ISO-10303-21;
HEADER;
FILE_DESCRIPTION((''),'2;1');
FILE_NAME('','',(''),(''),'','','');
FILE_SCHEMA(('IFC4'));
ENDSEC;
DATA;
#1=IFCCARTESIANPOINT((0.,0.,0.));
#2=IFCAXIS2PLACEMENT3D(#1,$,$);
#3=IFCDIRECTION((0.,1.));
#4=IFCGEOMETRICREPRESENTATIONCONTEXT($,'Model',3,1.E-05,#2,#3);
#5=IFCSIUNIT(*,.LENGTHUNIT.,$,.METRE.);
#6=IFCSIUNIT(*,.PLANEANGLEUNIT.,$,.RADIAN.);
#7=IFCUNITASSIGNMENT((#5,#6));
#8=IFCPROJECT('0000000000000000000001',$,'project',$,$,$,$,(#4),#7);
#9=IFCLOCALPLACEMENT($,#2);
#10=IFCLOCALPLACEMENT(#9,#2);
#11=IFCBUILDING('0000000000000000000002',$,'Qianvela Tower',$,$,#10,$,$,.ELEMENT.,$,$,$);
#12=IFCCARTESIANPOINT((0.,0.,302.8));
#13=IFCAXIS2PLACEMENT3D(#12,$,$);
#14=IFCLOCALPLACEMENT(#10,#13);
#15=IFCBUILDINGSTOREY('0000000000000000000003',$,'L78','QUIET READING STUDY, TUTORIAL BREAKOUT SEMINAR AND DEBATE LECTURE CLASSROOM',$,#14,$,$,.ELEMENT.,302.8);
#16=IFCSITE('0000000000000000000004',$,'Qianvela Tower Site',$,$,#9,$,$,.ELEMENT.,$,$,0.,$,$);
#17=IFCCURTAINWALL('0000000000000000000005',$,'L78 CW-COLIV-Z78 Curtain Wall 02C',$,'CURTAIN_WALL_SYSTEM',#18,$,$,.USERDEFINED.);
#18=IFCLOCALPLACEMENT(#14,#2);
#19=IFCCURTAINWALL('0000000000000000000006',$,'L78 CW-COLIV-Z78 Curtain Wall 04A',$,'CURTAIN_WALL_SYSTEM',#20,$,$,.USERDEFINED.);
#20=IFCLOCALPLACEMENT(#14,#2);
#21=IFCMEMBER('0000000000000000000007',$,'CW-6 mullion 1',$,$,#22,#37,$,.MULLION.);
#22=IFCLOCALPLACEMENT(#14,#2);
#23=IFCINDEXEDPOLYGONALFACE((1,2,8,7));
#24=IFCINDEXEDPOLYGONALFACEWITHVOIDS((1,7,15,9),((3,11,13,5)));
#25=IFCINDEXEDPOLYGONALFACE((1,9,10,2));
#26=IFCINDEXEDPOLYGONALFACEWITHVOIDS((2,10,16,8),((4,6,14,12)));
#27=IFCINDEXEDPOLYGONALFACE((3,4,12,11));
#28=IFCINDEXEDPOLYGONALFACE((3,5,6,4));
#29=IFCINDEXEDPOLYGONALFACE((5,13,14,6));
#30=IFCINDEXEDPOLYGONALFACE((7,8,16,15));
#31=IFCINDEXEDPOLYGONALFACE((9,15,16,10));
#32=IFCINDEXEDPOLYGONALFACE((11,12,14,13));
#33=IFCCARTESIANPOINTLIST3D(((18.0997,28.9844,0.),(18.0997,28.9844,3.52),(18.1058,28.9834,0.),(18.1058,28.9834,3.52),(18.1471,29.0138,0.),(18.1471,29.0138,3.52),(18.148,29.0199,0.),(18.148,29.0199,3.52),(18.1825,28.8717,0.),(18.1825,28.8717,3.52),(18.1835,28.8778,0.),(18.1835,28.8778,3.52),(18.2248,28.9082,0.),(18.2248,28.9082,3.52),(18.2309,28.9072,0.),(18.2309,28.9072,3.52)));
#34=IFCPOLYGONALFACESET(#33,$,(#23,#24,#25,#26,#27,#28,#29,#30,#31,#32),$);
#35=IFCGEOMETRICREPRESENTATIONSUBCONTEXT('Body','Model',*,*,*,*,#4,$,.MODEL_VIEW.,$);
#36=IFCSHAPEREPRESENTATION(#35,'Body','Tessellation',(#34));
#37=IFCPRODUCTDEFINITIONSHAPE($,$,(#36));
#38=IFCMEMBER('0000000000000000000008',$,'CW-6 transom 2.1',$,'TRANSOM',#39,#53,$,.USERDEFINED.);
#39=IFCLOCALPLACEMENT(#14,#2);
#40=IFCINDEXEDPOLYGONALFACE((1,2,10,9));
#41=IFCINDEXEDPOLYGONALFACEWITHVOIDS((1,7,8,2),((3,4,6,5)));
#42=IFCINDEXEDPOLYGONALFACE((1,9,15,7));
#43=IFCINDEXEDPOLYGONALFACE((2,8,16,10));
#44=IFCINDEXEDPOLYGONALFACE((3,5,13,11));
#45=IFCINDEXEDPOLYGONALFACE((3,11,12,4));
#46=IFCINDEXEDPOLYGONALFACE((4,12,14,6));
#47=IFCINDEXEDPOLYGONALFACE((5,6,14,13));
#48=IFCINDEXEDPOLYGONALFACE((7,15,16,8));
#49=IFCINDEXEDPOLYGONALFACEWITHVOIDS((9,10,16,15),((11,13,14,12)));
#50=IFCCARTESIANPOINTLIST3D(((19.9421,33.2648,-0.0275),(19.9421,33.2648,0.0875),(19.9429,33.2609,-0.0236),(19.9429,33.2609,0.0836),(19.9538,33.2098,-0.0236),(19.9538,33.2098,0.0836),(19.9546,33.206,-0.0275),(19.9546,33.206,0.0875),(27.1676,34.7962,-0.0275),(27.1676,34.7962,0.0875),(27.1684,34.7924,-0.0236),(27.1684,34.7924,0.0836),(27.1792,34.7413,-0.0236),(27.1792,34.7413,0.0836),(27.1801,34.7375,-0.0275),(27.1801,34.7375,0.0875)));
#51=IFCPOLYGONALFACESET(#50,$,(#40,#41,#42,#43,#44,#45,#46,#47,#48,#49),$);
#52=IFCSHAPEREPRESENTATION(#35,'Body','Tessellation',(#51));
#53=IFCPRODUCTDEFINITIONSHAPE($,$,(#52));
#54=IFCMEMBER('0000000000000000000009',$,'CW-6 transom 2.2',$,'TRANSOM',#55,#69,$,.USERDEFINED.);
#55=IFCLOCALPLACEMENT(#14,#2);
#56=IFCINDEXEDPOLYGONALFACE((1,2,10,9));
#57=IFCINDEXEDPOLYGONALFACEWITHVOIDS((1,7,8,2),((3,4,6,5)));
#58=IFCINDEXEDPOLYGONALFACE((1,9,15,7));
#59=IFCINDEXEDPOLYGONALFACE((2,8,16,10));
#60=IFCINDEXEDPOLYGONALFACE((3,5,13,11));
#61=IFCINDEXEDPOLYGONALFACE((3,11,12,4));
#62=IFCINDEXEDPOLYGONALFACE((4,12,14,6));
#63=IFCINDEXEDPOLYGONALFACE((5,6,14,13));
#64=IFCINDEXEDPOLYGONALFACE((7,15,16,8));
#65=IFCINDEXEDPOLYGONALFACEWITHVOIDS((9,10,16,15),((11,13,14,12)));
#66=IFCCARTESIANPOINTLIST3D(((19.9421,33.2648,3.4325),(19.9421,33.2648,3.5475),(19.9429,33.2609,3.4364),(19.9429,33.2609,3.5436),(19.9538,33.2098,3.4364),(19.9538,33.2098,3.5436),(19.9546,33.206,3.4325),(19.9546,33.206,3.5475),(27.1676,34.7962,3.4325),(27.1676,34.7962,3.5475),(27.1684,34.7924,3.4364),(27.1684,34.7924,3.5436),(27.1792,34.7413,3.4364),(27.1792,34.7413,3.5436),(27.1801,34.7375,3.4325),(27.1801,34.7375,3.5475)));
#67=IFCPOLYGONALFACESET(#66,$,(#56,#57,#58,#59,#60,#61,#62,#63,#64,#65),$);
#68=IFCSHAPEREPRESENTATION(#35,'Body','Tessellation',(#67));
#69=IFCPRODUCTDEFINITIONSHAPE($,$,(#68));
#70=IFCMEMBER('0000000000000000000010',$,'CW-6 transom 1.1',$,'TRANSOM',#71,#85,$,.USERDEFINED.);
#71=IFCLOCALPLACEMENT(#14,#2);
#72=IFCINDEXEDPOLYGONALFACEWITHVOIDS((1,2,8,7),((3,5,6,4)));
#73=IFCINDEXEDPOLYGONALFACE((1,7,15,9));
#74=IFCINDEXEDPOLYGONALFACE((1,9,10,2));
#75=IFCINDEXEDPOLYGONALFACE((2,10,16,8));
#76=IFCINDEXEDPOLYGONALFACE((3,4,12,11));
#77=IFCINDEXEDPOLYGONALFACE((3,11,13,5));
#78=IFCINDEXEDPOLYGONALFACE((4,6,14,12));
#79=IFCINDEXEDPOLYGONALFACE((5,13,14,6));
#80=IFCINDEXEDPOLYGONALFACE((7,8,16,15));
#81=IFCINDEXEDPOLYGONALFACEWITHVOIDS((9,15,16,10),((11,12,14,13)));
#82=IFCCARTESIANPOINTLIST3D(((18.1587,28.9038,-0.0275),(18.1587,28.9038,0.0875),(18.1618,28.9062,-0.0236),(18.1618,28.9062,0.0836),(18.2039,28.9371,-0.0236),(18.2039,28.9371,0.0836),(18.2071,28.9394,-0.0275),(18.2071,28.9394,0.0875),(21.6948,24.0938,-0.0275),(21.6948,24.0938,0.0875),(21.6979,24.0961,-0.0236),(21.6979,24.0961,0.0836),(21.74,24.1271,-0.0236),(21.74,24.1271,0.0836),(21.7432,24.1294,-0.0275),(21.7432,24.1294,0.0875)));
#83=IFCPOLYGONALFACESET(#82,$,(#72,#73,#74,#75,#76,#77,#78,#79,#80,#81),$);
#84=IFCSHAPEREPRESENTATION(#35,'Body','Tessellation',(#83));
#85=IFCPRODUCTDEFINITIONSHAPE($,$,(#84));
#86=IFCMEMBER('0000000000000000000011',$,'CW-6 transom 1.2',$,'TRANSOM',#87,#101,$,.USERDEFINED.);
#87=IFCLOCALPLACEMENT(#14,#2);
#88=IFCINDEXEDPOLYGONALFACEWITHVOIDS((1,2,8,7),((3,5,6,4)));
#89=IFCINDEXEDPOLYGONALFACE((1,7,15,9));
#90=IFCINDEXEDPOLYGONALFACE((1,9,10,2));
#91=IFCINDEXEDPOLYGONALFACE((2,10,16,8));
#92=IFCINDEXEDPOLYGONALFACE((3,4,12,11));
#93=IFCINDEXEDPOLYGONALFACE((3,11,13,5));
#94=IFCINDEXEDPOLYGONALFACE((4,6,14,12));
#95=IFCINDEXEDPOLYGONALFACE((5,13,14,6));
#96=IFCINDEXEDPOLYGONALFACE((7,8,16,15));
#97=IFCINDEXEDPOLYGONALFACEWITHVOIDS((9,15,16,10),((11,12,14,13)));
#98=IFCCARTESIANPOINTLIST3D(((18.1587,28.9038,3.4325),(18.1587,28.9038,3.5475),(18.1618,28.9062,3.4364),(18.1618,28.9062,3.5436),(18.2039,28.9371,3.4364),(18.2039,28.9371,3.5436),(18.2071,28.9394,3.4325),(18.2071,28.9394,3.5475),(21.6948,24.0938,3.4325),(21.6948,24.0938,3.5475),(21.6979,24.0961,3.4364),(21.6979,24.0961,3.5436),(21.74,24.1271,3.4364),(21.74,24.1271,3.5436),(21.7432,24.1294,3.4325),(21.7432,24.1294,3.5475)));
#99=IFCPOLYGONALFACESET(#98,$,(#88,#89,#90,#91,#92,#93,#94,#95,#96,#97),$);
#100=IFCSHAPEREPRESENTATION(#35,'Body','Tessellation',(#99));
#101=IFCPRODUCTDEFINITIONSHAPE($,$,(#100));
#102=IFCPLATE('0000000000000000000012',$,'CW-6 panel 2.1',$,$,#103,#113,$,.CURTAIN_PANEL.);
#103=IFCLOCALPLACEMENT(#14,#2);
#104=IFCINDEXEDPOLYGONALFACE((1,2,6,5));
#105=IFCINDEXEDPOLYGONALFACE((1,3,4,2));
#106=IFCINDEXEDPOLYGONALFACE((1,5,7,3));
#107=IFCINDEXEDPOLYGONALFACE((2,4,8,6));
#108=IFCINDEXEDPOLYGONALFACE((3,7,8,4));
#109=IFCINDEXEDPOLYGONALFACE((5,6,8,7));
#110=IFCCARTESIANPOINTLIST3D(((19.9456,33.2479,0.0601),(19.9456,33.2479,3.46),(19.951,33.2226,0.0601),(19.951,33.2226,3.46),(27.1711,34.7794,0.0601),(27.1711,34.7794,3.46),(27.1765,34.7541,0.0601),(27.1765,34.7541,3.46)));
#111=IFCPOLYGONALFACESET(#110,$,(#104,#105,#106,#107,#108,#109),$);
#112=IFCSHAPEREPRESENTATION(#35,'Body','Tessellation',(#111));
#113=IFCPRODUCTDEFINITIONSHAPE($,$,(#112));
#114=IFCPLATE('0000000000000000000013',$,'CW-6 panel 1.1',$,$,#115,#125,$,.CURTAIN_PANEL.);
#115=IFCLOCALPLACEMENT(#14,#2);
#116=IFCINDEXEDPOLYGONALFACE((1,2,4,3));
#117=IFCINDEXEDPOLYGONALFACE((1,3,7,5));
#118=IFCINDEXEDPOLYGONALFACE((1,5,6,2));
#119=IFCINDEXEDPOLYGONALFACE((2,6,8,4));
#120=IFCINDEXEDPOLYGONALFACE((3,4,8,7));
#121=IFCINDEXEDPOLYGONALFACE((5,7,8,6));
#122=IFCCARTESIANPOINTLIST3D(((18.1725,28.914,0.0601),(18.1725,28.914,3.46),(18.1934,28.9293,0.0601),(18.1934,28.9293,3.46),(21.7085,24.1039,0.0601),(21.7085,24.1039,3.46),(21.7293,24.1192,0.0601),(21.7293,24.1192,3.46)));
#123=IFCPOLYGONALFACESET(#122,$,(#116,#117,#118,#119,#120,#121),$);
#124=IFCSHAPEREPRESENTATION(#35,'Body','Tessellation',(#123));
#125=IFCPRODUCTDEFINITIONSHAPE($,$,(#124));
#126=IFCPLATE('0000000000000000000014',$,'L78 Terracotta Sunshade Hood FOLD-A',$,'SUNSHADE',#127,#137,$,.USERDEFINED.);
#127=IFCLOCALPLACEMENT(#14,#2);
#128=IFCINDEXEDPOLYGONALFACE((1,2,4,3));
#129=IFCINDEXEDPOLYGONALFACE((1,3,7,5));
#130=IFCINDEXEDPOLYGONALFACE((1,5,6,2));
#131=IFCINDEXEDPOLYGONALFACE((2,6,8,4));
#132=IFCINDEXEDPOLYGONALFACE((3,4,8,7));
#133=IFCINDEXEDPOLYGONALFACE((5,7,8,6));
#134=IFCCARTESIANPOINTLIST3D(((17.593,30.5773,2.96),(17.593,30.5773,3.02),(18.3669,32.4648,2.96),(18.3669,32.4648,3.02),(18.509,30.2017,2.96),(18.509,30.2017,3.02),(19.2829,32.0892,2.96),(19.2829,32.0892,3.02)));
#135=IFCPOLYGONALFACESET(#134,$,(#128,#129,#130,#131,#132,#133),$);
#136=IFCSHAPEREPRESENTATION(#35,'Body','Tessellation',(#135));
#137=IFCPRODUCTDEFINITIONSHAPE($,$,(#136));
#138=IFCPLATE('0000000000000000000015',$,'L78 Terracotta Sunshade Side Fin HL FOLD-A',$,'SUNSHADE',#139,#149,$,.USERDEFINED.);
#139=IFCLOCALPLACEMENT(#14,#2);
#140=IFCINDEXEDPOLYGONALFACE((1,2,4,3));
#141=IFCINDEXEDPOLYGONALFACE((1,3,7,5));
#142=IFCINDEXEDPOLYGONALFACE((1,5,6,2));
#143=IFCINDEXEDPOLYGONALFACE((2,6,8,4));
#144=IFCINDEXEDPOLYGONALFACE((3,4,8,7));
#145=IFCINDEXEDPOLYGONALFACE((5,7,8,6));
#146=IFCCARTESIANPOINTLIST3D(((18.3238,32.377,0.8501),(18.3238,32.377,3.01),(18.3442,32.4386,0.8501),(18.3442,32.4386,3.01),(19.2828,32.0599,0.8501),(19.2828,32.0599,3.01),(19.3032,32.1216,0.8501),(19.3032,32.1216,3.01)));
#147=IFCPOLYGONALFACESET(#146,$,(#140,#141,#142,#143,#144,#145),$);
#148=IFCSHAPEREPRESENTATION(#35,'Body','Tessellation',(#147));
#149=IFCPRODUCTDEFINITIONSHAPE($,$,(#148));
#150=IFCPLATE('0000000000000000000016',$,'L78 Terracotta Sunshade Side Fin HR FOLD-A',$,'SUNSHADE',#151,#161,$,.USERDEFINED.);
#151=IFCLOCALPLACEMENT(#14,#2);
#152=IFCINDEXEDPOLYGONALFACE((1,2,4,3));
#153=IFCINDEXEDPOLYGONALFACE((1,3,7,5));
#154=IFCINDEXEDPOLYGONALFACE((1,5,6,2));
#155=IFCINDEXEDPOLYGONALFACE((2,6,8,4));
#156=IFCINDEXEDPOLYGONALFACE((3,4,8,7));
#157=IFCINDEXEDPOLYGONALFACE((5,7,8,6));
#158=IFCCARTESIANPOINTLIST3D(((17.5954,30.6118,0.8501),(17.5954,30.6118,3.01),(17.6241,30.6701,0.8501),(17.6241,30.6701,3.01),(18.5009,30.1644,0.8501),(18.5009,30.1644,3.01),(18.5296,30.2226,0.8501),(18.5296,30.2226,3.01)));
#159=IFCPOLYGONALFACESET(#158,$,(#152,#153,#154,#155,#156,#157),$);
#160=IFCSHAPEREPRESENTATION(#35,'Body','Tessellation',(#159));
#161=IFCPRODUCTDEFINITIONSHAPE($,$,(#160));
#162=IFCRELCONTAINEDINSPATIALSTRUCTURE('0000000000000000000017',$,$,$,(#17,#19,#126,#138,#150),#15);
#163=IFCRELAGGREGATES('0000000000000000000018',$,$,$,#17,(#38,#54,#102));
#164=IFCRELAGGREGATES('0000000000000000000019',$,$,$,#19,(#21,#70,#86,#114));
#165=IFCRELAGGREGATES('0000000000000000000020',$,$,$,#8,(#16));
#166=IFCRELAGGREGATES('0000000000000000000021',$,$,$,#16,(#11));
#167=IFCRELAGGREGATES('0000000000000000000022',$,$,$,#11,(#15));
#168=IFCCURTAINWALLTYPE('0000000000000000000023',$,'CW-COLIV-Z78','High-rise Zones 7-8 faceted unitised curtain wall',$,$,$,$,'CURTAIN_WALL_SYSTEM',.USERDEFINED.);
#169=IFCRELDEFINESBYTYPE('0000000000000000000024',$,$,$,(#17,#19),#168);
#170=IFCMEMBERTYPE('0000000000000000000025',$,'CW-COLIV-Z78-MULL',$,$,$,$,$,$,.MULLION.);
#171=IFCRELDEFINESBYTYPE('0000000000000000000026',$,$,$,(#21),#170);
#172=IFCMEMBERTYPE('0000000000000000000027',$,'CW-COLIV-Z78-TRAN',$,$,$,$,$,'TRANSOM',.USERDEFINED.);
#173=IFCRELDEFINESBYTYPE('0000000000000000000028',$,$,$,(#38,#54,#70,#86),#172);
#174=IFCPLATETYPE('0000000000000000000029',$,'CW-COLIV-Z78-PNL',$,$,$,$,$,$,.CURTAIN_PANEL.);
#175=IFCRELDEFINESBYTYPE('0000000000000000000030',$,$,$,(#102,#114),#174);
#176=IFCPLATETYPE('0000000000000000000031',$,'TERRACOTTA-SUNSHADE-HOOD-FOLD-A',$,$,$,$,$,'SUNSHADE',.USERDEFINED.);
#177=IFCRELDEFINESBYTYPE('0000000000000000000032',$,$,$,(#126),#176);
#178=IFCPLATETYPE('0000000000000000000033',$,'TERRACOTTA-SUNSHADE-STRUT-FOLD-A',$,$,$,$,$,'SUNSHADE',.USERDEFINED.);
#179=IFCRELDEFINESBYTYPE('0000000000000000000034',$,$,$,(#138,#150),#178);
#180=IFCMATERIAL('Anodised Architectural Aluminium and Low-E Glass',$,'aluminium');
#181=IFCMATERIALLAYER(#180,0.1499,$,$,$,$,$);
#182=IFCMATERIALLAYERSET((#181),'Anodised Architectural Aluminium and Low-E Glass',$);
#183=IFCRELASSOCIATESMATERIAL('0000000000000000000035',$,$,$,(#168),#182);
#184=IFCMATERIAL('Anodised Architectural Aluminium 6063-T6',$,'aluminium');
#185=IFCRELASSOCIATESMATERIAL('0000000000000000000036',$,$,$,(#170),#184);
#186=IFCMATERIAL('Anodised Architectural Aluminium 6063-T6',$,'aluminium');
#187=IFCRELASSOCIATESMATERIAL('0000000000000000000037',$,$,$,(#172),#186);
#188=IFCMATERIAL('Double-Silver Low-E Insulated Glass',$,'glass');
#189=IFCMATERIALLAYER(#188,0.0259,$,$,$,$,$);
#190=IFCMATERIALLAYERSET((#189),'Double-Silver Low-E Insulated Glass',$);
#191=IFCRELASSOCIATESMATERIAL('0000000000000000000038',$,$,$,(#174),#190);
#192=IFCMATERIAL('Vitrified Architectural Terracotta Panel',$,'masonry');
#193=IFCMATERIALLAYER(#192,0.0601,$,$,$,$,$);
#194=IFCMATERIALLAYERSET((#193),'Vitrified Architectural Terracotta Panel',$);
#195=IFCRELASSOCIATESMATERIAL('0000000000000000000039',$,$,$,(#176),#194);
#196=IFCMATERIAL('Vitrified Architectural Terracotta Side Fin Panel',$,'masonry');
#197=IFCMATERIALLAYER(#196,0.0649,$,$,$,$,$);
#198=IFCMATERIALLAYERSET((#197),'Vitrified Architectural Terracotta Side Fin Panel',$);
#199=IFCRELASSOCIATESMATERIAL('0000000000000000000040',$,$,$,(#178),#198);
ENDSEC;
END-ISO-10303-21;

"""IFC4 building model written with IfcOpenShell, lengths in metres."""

from ifc_helpers import new_model, si_unit, direction, frame, origin, origin_2d, place, context, subcontext, project, spatial, rectangle, hollow_rectangle, extrude, material, layer, layer_set, material_profile, profile_set, type_object, element, aggregate, save


model = new_model("IFC4")

# Units and contexts
model_context = context("Model", 3, precision=1e-05, world=origin(), true_north=direction((0.0, 1.0)))
body_context = subcontext(model_context, "Body", "Model", "MODEL_VIEW")
ifc_project = project(units=[si_unit("LENGTHUNIT", "METRE"), si_unit("PLANEANGLEUNIT", "RADIAN")], contexts=[model_context])

# Site, building, storey
site_placement = place(None, origin())
site = spatial("IfcSite", under=ifc_project, at=site_placement, Name="Qianvela Tower Site", CompositionType="ELEMENT", RefElevation=0.0)
building_placement = place(site_placement, origin())
building = spatial("IfcBuilding", under=site, at=building_placement, Name="Qianvela Tower", CompositionType="ELEMENT")
storey_placement = place(building_placement, frame((0.0, 0.0, 302.8)))
storey = spatial("IfcBuildingStorey", under=building, at=storey_placement, Name="L78", Description="QUIET READING STUDY, TUTORIAL BREAKOUT SEMINAR AND DEBATE LECTURE CLASSROOM", CompositionType="ELEMENT", Elevation=302.8)

# Curtain wall
ifc_material_1 = material(Name="Anodised Architectural Aluminium and Low-E Glass", Category="aluminium")
ifc_layer_1 = layer(ifc_material_1, 0.1499)
ifc_layer_set_1 = layer_set([ifc_layer_1], Name="Anodised Architectural Aluminium and Low-E Glass")
curtain_wall_type = type_object("IfcCurtainWallType", Name="CW-COLIV-Z78", Description="High-rise Zones 7-8 faceted unitised curtain wall", ElementType="CURTAIN_WALL_SYSTEM", PredefinedType="USERDEFINED", material=ifc_layer_set_1)
curtain_wall_1_placement = place(storey_placement, origin())
curtain_wall_1 = element("IfcCurtainWall", 1, at=curtain_wall_1_placement, inside=storey, type_object=curtain_wall_type, Name="L78 CW-COLIV-Z78 Curtain Wall 02C", ObjectType="CURTAIN_WALL_SYSTEM", PredefinedType="USERDEFINED")
ifc_material_2 = material(Name="Anodised Architectural Aluminium 6063-T6", Category="aluminium")
ifc_material_profile_1 = material_profile(ifc_material_2, hollow_rectangle(XDim=0.0601, YDim=0.1399, WallThickness=0.0044, at=origin_2d()), Name="ALU-MULL-60x140")
ifc_profile_set_1 = profile_set([ifc_material_profile_1], Name="Anodised Architectural Aluminium 6063-T6")
member_type_1 = type_object("IfcMemberType", Name="CW-COLIV-Z78-MULL", PredefinedType="MULLION", material=ifc_profile_set_1)

# Curtain wall, member
curtain_wall_2_placement = place(storey_placement, origin())
curtain_wall_2 = element("IfcCurtainWall", 2, at=curtain_wall_2_placement, inside=storey, type_object=curtain_wall_type, Name="L78 CW-COLIV-Z78 Curtain Wall 04A", ObjectType="CURTAIN_WALL_SYSTEM", PredefinedType="USERDEFINED")
member_1_placement = place(storey_placement, frame((18.1653, 28.9458, 0.0), z_axis=(0.0, 0.0, 1.0), x_axis=(0.805721, 0.592296, 0.0)))
member_1 = element("IfcMember", 3, at=member_1_placement, type_object=member_type_1, Name="CW-6 mullion 1", PredefinedType="MULLION", context=body_context, shape_type="SweptSolid", body=[
    extrude(hollow_rectangle(XDim=0.0601, YDim=0.1399, WallThickness=0.0044, at=origin_2d()), origin(), (0.0, 0.0, 1.0), 3.52),
])

# Members
ifc_material_3 = material(Name="Anodised Architectural Aluminium 6063-T6", Category="aluminium")
ifc_material_profile_2 = material_profile(ifc_material_3, hollow_rectangle(XDim=0.0601, YDim=0.115, WallThickness=0.0039, at=origin_2d()), Name="ALU-TRAN-60x115")
ifc_profile_set_2 = profile_set([ifc_material_profile_2], Name="Anodised Architectural Aluminium 6063-T6")
member_type_2 = type_object("IfcMemberType", Name="CW-COLIV-Z78-TRAN", ElementType="TRANSOM", PredefinedType="USERDEFINED", material=ifc_profile_set_2)
member_2_placement = place(storey_placement, frame((27.1738, 34.7668, 0.03), z_axis=(-0.978267, -0.207348, 0.0), x_axis=(0.207348, -0.978267, 0.0)))
member_2 = element("IfcMember", 4, at=member_2_placement, type_object=member_type_2, Name="CW-6 transom 2.1", ObjectType="TRANSOM", PredefinedType="USERDEFINED", context=body_context, shape_type="SweptSolid", body=[
    extrude(hollow_rectangle(XDim=0.0601, YDim=0.115, WallThickness=0.0039, at=origin_2d()), origin(), (0.0, 0.0, 1.0), 7.386),
])
member_3_placement = place(storey_placement, frame((27.1738, 34.7668, 3.49), z_axis=(-0.978267, -0.207348, 0.0), x_axis=(0.207348, -0.978267, 0.0)))
member_3 = element("IfcMember", 5, at=member_3_placement, type_object=member_type_2, Name="CW-6 transom 2.2", ObjectType="TRANSOM", PredefinedType="USERDEFINED", context=body_context, shape_type="SweptSolid", body=[
    extrude(hollow_rectangle(XDim=0.0601, YDim=0.115, WallThickness=0.0039, at=origin_2d()), origin(), (0.0, 0.0, 1.0), 7.386),
])
member_4_placement = place(storey_placement, frame((18.1829, 28.9216, 0.03), z_axis=(0.592317, -0.805705, 0.0), x_axis=(0.805705, 0.592317, 0.0)))
member_4 = element("IfcMember", 6, at=member_4_placement, type_object=member_type_2, Name="CW-6 transom 1.1", ObjectType="TRANSOM", PredefinedType="USERDEFINED", context=body_context, shape_type="SweptSolid", body=[
    extrude(hollow_rectangle(XDim=0.0601, YDim=0.115, WallThickness=0.0039, at=origin_2d()), origin(), (0.0, 0.0, 1.0), 5.97),
])
member_5_placement = place(storey_placement, frame((18.1829, 28.9216, 3.49), z_axis=(0.592317, -0.805705, 0.0), x_axis=(0.805705, 0.592317, 0.0)))
member_5 = element("IfcMember", 7, at=member_5_placement, type_object=member_type_2, Name="CW-6 transom 1.2", ObjectType="TRANSOM", PredefinedType="USERDEFINED", context=body_context, shape_type="SweptSolid", body=[
    extrude(hollow_rectangle(XDim=0.0601, YDim=0.115, WallThickness=0.0039, at=origin_2d()), origin(), (0.0, 0.0, 1.0), 5.97),
])

# Plates
ifc_material_4 = material(Name="Double-Silver Low-E Insulated Glass", Category="glass")
ifc_layer_2 = layer(ifc_material_4, 0.0259)
ifc_layer_set_2 = layer_set([ifc_layer_2], Name="Double-Silver Low-E Insulated Glass")
plate_type_1 = type_object("IfcPlateType", Name="CW-COLIV-Z78-PNL", PredefinedType="CURTAIN_PANEL", material=ifc_layer_set_2)
plate_1_placement = place(storey_placement, frame((23.561, 34.001, 0.0601), z_axis=(0.0, 0.0, 1.0), x_axis=(-0.978267, -0.207348, 0.0)))
plate_1 = element("IfcPlate", 8, at=plate_1_placement, type_object=plate_type_1, Name="CW-6 panel 2.1", PredefinedType="CURTAIN_PANEL", context=body_context, shape_type="SweptSolid", body=[
    extrude(rectangle(XDim=7.386, YDim=0.0259, at=origin_2d()), origin(), (0.0, 0.0, 1.0), 3.3999),
])
aggregate(curtain_wall_1, [member_2, member_3, plate_1])
plate_2_placement = place(storey_placement, frame((19.9509, 26.5166, 0.0601), z_axis=(0.0, 0.0, 1.0), x_axis=(0.592296, -0.805721, 0.0)))
plate_2 = element("IfcPlate", 9, at=plate_2_placement, type_object=plate_type_1, Name="CW-6 panel 1.1", PredefinedType="CURTAIN_PANEL", context=body_context, shape_type="SweptSolid", body=[
    extrude(rectangle(XDim=5.97, YDim=0.0259, at=origin_2d()), origin(), (0.0, 0.0, 1.0), 3.3999),
])
aggregate(curtain_wall_2, [member_1, member_4, member_5, plate_2])

# Plates
ifc_material_5 = material(Name="Vitrified Architectural Terracotta Panel", Category="masonry")
ifc_layer_3 = layer(ifc_material_5, 0.0601)
ifc_layer_set_3 = layer_set([ifc_layer_3], Name="Vitrified Architectural Terracotta Panel")
plate_type_2 = type_object("IfcPlateType", Name="TERRACOTTA-SUNSHADE-HOOD-FOLD-A", ElementType="SUNSHADE", PredefinedType="USERDEFINED", material=ifc_layer_set_3)
plate_3_placement = place(storey_placement, frame((18.438, 31.3333, 2.96), z_axis=(0.0, 0.0, 1.0), x_axis=(-0.379353, -0.925252, 0.0)))
element("IfcPlate", 10, at=plate_3_placement, inside=storey, type_object=plate_type_2, Name="L78 Terracotta Sunshade Hood FOLD-A", ObjectType="SUNSHADE", PredefinedType="USERDEFINED", context=body_context, shape_type="SweptSolid", body=[
    extrude(rectangle(XDim=2.04, YDim=0.99, at=origin_2d()), origin(), (0.0, 0.0, 1.0), 0.0601),
])
ifc_material_6 = material(Name="Vitrified Architectural Terracotta Side Fin Panel", Category="masonry")
ifc_layer_4 = layer(ifc_material_6, 0.0649)
ifc_layer_set_4 = layer_set([ifc_layer_4], Name="Vitrified Architectural Terracotta Side Fin Panel")
plate_type_3 = type_object("IfcPlateType", Name="TERRACOTTA-SUNSHADE-STRUT-FOLD-A", ElementType="SUNSHADE", PredefinedType="USERDEFINED", material=ifc_layer_set_4)
for number, where, z_axis, x_axis, name in (
    (11, (18.8135, 32.2493, 0.8501), (0.0, 0.0, 1.0), (-0.313886, -0.949461, 0.0), "L78 Terracotta Sunshade Side Fin HL FOLD-A"),
    (12, (18.0625, 30.4172, 0.8501), (0.0, 0.0, 1.0), (-0.442971, -0.896536, 0.0), "L78 Terracotta Sunshade Side Fin HR FOLD-A"),
):
    element("IfcPlate", number, at=place(storey_placement, frame(where, z_axis=z_axis, x_axis=x_axis)), inside=storey, type_object=plate_type_3, Name=name, ObjectType="SUNSHADE", PredefinedType="USERDEFINED", context=body_context, shape_type="SweptSolid", body=[
        extrude(rectangle(XDim=0.0649, YDim=1.01, at=origin_2d()), origin(), (0.0, 0.0, 1.0), 2.1599),
    ])

save(model, "model.ifc")
